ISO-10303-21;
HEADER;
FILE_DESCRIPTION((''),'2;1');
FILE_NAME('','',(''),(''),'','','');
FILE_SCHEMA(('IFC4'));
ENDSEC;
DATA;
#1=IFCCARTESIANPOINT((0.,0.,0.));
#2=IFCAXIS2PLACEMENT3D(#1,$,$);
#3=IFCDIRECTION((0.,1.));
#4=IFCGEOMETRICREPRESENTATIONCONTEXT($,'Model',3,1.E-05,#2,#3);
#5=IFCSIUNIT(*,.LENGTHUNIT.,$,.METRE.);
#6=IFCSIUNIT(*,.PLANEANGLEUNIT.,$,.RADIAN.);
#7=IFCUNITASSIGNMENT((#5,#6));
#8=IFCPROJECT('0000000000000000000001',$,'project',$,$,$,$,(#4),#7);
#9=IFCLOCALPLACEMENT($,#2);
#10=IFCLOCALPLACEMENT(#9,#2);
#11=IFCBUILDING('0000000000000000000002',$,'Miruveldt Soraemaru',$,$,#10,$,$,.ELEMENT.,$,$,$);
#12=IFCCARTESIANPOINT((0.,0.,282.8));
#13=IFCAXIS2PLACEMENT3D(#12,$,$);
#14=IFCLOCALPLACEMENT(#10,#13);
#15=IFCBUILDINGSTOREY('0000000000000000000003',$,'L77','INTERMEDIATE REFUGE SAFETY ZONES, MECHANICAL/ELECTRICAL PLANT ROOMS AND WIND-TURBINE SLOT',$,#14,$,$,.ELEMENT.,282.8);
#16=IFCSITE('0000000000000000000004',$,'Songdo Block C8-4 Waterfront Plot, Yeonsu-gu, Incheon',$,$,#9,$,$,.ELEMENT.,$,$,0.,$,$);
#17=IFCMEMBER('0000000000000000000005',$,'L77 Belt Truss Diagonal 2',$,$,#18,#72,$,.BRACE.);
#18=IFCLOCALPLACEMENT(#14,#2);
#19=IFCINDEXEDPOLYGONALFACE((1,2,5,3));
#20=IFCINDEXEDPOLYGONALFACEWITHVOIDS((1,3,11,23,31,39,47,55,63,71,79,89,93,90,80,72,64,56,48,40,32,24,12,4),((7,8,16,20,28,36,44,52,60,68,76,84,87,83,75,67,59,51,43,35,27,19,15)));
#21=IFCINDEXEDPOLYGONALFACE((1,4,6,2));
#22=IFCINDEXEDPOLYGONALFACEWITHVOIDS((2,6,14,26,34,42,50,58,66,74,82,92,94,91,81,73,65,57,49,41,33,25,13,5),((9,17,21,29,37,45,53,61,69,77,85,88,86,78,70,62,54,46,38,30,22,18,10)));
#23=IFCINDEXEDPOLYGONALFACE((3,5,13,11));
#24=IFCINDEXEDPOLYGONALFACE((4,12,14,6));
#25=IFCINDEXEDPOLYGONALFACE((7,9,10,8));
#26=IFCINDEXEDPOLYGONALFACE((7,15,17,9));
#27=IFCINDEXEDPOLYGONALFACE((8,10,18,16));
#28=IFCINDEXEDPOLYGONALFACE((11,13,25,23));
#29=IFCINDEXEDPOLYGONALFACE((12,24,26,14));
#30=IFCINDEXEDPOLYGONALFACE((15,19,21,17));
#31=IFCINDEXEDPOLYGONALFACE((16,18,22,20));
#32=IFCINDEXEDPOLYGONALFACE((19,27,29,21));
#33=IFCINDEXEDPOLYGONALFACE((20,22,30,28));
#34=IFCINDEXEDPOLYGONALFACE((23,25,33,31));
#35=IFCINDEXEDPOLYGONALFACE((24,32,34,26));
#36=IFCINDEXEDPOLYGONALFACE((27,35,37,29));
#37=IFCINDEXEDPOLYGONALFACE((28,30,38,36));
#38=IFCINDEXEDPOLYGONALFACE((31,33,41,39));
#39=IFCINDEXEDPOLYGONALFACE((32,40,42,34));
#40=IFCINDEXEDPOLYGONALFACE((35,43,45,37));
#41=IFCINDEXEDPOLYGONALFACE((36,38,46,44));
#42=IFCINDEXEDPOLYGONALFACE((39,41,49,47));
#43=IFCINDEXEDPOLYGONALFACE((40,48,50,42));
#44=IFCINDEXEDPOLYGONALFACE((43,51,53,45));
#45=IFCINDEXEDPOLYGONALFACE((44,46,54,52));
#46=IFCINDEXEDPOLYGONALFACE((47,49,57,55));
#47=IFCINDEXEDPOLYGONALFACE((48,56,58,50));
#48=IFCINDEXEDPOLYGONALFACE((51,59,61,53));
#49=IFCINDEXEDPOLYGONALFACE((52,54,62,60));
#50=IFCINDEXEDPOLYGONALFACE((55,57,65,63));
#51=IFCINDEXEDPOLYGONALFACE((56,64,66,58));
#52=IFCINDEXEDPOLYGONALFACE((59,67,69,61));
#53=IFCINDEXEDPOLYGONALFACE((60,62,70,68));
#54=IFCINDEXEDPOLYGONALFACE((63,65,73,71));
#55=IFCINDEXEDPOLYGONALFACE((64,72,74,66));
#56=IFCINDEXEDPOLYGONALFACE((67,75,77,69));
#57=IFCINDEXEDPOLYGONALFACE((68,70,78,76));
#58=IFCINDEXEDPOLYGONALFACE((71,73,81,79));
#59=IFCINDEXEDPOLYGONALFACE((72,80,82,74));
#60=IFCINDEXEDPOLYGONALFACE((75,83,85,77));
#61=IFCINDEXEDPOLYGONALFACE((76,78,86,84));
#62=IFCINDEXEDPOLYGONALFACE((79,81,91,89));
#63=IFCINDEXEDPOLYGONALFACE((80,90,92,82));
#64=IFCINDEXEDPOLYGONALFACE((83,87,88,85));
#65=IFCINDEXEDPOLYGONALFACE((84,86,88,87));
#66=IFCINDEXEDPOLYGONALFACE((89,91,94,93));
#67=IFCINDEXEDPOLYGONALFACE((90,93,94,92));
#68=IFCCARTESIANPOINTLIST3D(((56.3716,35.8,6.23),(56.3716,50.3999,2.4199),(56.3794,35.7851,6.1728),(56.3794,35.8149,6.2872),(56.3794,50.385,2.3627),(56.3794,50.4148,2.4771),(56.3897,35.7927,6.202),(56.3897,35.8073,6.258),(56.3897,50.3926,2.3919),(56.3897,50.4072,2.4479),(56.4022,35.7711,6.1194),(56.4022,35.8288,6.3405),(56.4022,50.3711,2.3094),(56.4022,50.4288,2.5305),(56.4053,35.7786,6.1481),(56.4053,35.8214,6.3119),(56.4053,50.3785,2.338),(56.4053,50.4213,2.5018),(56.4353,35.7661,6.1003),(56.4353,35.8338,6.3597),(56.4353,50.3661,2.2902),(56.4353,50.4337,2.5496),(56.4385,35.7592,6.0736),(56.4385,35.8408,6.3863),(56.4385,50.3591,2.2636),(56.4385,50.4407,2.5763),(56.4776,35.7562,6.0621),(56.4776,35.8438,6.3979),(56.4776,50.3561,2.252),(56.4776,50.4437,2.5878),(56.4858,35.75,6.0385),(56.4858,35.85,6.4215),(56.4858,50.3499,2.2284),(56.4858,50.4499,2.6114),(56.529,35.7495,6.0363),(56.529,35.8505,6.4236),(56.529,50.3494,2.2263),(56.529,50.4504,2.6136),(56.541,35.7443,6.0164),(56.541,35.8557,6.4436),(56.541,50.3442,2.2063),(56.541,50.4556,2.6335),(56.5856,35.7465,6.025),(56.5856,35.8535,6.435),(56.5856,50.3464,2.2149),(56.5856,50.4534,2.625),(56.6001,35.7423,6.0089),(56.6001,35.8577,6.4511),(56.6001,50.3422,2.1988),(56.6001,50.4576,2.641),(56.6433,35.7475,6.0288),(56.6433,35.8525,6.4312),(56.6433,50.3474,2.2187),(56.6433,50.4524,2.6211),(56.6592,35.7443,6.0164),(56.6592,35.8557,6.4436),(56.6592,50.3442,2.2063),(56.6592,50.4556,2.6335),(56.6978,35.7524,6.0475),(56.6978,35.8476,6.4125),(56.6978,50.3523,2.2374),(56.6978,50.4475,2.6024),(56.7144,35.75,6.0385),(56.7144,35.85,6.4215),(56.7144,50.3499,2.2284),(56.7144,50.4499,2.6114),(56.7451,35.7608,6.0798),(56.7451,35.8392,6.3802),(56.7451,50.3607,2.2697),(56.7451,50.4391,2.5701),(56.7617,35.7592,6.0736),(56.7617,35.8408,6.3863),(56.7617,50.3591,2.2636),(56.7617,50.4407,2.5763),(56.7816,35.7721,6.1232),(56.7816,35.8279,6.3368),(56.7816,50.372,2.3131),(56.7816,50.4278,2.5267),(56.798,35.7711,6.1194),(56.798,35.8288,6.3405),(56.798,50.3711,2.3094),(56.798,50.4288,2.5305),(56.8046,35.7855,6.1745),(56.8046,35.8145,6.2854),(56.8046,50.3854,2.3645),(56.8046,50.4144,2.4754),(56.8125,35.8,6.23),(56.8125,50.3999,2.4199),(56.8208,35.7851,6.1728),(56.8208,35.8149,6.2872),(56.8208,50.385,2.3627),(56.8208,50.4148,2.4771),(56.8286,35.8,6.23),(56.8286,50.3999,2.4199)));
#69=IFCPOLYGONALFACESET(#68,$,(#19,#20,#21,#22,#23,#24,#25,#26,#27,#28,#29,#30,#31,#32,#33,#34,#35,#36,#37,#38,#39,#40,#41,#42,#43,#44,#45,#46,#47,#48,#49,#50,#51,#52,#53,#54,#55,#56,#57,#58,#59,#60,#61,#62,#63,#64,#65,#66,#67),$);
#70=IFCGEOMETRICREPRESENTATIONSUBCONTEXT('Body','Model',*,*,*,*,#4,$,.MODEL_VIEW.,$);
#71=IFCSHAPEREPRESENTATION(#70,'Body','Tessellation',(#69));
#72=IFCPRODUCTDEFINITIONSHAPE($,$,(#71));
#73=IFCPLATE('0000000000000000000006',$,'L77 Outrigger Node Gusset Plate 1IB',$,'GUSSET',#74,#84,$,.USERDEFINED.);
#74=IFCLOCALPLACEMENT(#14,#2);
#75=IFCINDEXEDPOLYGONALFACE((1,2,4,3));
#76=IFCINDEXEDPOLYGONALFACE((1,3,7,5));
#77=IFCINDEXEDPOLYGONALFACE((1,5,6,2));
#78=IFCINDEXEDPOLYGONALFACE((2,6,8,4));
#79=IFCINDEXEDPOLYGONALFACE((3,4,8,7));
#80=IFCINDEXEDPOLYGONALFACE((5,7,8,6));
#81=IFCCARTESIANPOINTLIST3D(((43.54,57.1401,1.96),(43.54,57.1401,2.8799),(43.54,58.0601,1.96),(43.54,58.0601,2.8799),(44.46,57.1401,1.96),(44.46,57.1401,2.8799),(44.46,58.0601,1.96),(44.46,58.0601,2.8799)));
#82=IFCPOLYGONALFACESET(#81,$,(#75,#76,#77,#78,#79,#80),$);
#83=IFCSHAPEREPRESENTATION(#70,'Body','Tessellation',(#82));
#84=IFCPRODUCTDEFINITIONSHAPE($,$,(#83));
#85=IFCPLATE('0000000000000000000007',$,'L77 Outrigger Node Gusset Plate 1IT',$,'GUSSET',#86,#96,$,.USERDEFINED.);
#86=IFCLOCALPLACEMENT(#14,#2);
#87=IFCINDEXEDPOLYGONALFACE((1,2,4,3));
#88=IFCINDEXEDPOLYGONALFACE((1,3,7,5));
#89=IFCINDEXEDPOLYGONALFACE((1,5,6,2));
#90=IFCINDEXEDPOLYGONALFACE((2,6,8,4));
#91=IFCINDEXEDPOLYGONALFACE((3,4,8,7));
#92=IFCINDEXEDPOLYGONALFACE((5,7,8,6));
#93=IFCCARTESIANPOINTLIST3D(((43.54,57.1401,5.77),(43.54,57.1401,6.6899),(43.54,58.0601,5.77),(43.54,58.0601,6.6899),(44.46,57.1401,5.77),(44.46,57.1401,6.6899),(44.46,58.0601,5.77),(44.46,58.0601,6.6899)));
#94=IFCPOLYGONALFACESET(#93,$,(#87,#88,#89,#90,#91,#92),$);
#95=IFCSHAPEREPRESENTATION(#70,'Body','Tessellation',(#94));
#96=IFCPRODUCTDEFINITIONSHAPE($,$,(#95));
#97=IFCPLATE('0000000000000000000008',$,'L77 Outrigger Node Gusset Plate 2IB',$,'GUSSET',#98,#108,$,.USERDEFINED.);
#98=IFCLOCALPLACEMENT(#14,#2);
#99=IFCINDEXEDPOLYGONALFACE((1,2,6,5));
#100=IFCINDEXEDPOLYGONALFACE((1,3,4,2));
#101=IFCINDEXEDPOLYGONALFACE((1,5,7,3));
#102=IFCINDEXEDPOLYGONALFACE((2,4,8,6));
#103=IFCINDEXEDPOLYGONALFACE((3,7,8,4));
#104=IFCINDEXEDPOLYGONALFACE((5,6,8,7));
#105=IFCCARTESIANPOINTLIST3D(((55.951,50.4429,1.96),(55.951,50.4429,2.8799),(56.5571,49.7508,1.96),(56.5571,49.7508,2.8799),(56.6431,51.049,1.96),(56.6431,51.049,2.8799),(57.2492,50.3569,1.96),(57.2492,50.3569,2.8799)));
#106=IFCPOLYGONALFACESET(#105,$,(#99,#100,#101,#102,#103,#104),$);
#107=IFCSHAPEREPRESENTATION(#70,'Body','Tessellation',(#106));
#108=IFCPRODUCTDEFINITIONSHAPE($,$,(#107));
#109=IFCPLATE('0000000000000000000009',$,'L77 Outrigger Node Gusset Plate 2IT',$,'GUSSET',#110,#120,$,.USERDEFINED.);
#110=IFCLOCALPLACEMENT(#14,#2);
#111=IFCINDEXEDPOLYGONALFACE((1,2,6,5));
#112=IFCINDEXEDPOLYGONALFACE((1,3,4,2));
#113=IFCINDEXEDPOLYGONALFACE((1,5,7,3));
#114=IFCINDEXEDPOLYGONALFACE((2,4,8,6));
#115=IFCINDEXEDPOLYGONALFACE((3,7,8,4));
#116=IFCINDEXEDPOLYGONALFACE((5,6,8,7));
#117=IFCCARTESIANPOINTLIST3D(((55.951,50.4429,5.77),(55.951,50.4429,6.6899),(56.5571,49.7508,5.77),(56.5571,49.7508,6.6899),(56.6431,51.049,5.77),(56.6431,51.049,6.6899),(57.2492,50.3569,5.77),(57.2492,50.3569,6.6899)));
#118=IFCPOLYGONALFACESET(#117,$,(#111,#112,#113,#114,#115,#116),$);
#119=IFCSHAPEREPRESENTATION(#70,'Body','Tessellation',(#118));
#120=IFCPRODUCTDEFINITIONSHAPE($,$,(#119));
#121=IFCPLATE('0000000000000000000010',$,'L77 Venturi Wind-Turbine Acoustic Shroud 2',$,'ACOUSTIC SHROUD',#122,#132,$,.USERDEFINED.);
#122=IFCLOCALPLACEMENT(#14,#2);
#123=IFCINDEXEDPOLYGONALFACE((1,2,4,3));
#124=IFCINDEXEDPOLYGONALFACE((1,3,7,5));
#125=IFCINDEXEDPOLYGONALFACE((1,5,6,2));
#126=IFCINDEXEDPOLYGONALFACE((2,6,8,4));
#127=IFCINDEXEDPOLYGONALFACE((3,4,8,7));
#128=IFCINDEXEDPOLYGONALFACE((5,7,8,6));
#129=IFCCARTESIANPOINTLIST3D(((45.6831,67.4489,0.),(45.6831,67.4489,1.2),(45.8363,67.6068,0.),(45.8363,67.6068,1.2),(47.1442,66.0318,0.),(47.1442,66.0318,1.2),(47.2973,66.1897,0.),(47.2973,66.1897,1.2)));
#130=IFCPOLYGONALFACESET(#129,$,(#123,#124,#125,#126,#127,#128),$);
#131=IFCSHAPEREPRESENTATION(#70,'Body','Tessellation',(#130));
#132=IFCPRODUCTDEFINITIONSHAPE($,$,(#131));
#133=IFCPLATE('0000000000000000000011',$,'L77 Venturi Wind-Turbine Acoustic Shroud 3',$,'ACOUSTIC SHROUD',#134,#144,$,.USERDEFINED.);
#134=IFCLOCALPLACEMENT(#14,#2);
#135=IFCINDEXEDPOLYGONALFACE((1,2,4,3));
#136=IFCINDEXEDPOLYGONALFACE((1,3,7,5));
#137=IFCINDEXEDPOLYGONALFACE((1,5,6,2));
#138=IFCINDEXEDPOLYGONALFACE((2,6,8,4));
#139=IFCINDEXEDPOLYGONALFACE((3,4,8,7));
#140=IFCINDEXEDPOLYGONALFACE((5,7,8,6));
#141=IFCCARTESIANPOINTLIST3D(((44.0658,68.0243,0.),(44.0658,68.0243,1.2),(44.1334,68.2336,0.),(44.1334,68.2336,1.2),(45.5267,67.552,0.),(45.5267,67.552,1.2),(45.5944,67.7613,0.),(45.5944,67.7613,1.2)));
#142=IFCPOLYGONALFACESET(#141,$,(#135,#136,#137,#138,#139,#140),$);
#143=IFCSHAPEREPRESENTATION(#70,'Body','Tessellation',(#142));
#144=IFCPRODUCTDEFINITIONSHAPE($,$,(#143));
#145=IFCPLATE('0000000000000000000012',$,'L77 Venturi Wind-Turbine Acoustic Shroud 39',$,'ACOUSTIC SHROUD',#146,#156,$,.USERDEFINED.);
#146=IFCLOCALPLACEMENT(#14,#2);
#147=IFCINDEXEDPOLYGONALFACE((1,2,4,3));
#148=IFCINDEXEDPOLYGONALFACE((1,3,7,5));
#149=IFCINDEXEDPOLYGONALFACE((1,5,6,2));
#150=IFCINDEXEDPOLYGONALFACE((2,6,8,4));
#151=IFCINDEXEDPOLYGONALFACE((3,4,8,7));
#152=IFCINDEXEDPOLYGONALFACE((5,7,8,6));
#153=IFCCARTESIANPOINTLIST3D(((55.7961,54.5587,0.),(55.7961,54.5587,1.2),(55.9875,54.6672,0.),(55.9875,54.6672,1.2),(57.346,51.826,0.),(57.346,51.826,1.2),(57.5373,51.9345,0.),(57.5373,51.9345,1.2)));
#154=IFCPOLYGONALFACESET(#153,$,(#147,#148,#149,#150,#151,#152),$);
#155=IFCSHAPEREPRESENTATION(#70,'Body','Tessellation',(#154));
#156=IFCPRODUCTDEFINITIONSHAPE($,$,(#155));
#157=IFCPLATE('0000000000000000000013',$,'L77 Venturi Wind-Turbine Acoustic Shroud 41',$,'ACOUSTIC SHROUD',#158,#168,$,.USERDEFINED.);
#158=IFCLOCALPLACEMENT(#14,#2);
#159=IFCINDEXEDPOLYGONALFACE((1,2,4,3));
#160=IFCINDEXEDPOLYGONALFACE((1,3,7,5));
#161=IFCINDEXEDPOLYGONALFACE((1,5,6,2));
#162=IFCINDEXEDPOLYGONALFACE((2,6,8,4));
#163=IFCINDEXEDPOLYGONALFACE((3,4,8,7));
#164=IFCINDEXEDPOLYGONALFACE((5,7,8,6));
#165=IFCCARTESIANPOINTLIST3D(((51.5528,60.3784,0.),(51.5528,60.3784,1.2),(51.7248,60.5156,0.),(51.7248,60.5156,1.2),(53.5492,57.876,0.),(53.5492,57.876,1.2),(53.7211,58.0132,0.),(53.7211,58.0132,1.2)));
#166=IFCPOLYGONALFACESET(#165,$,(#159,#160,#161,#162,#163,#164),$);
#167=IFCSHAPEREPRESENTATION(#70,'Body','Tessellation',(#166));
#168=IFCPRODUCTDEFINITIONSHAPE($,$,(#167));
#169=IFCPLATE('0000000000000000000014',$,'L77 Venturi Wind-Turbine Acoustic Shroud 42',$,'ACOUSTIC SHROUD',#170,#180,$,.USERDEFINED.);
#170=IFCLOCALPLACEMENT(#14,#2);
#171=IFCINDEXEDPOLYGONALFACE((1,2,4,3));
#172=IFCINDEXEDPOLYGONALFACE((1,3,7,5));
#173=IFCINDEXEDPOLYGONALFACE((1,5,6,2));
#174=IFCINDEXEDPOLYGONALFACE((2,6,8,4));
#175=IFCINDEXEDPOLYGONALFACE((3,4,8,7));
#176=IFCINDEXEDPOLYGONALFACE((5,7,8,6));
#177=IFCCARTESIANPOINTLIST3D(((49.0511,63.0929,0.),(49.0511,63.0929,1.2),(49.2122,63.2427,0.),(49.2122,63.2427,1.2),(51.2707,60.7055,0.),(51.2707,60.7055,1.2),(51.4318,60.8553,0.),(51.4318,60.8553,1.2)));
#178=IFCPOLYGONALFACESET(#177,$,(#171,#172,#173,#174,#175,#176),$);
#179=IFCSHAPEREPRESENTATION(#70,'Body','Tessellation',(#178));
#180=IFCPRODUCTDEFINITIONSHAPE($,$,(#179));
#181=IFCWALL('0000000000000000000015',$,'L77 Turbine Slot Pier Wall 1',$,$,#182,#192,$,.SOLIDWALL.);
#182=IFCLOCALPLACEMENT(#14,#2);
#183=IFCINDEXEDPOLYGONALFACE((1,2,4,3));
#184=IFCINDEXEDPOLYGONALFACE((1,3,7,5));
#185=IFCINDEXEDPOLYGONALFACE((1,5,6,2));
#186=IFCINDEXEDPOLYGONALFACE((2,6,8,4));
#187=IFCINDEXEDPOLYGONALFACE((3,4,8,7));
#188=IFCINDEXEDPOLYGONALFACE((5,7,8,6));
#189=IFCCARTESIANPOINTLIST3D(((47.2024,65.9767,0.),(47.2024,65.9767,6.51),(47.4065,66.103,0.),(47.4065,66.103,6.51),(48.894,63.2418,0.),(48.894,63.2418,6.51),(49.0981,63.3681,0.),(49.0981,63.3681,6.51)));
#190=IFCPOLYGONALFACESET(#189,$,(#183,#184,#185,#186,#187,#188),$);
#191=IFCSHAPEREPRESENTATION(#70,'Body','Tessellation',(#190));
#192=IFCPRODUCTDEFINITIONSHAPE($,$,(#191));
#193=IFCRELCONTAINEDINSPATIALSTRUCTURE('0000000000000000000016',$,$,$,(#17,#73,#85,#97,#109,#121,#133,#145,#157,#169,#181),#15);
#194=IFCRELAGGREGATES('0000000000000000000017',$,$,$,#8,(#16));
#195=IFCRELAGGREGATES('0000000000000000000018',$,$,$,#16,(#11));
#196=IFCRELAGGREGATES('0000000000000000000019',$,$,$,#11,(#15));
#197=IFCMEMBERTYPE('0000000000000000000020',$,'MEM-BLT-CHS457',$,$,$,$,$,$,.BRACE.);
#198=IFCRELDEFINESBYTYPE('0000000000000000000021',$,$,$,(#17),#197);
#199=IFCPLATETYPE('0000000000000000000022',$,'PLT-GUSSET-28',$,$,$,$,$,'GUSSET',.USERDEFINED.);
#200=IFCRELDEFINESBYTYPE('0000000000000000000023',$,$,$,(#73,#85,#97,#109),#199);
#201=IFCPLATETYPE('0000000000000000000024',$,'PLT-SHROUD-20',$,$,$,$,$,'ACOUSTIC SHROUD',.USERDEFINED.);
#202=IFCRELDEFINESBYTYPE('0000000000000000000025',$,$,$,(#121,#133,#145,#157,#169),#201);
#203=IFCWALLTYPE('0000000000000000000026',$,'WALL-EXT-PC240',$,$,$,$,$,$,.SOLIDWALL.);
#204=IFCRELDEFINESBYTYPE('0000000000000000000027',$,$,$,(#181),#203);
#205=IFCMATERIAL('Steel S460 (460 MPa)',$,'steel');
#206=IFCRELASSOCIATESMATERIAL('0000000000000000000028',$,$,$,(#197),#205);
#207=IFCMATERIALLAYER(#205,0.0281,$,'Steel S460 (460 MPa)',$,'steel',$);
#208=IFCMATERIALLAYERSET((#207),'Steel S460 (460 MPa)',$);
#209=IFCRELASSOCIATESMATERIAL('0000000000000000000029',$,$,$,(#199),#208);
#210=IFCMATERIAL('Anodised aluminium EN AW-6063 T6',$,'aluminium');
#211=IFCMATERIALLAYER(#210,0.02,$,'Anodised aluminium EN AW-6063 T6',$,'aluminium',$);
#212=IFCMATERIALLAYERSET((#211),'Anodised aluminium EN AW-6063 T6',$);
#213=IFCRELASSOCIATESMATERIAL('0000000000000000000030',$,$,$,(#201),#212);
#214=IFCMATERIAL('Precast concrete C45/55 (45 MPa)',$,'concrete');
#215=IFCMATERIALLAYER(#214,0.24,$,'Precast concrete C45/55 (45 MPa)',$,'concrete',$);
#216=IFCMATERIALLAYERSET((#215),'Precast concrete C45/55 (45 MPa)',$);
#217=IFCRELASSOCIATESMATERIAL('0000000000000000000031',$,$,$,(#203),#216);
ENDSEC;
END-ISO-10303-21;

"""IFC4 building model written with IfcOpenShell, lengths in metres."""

from ifc_helpers import new_model, si_unit, direction, frame, frame_2d, origin, origin_2d, place, context, subcontext, project, spatial, rectangle, hollow_circle, extrude, material, layer, layer_set, material_profile, profile_set, type_object, element, save


model = new_model("IFC4")

# Units and contexts
model_context = context("Model", 3, precision=1e-05, world=origin(), true_north=direction((0.0, 1.0)))
body_context = subcontext(model_context, "Body", "Model", "MODEL_VIEW")
ifc_project = project(units=[si_unit("LENGTHUNIT", "METRE"), si_unit("PLANEANGLEUNIT", "RADIAN")], contexts=[model_context])

# Site, building, storey
site_placement = place(None, origin())
site = spatial("IfcSite", under=ifc_project, at=site_placement, Name="Songdo Block C8-4 Waterfront Plot, Yeonsu-gu, Incheon", CompositionType="ELEMENT", RefElevation=0.0)
building_placement = place(site_placement, origin())
building = spatial("IfcBuilding", under=site, at=building_placement, Name="Miruveldt Soraemaru", CompositionType="ELEMENT")
storey_placement = place(building_placement, frame((0.0, 0.0, 282.8)))
storey = spatial("IfcBuildingStorey", under=building, at=storey_placement, Name="L77", Description="INTERMEDIATE REFUGE SAFETY ZONES, MECHANICAL/ELECTRICAL PLANT ROOMS AND WIND-TURBINE SLOT", CompositionType="ELEMENT", Elevation=282.8)

# Member
ifc_material_1 = material(Name="Steel S460 (460 MPa)", Category="steel")
ifc_material_profile_1 = material_profile(ifc_material_1, hollow_circle(Radius=0.2285, WallThickness=0.0161, at=origin_2d()), Name="Steel S460 (460 MPa)", Category="steel")
ifc_profile_set_1 = profile_set([ifc_material_profile_1], Name="Steel S460 (460 MPa)")
member_type = type_object("IfcMemberType", Name="MEM-BLT-CHS457", PredefinedType="BRACE", material=ifc_profile_set_1)
member_1_placement = place(storey_placement, frame((56.6001, 50.3999, 2.4199), z_axis=(0.0, -0.967595, 0.252509), x_axis=(1.0, 0.0, 0.0)))
element("IfcMember", 1, at=member_1_placement, inside=storey, type_object=member_type, Name="L77 Belt Truss Diagonal 2", PredefinedType="BRACE", context=body_context, shape_type="SweptSolid", body=[
    extrude(hollow_circle(Radius=0.2285, WallThickness=0.0161, at=origin_2d()), origin(), (0.0, 0.0, 1.0), 15.0889),
])

# Plates
ifc_layer_1 = layer(ifc_material_1, 0.0281, Name="Steel S460 (460 MPa)", Category="steel")
ifc_layer_set_1 = layer_set([ifc_layer_1], Name="Steel S460 (460 MPa)")
plate_type_1 = type_object("IfcPlateType", Name="PLT-GUSSET-28", ElementType="GUSSET", PredefinedType="USERDEFINED", material=ifc_layer_set_1)
for number, where, z_axis, x_axis, name in (
    (2, (44.0, 57.6001, 1.96), (0.0, 0.0, 1.0), (0.0, 1.0, 0.0), "L77 Outrigger Node Gusset Plate 1IB"),
    (3, (44.0, 57.6001, 5.77), (0.0, 0.0, 1.0), (0.0, 1.0, 0.0), "L77 Outrigger Node Gusset Plate 1IT"),
    (4, (56.6001, 50.3999, 1.96), (0.0, 0.0, 1.0), (0.7523, 0.658821, 0.0), "L77 Outrigger Node Gusset Plate 2IB"),
    (5, (56.6001, 50.3999, 5.77), (0.0, 0.0, 1.0), (0.7523, 0.658821, 0.0), "L77 Outrigger Node Gusset Plate 2IT"),
):
    element("IfcPlate", number, at=place(storey_placement, frame(where, z_axis=z_axis, x_axis=x_axis)), inside=storey, type_object=plate_type_1, Name=name, ObjectType="GUSSET", PredefinedType="USERDEFINED", context=body_context, shape_type="SweptSolid", body=[
        extrude(rectangle(XDim=0.9199, YDim=0.9199, at=origin_2d()), origin(), (0.0, 0.0, 1.0), 0.9199),
    ])
ifc_material_2 = material(Name="Anodised aluminium EN AW-6063 T6", Category="aluminium")
ifc_layer_2 = layer(ifc_material_2, 0.02, Name="Anodised aluminium EN AW-6063 T6", Category="aluminium")
ifc_layer_set_2 = layer_set([ifc_layer_2], Name="Anodised aluminium EN AW-6063 T6")
plate_type_2 = type_object("IfcPlateType", Name="PLT-SHROUD-20", ElementType="ACOUSTIC SHROUD", PredefinedType="USERDEFINED", material=ifc_layer_set_2)
plate_1_placement = place(storey_placement, frame((46.4902, 66.8193, 0.0), z_axis=(0.0, 0.0, 1.0), x_axis=(-0.71781, 0.696239, 0.0)))
element("IfcPlate", 6, at=plate_1_placement, inside=storey, type_object=plate_type_2, Name="L77 Venturi Wind-Turbine Acoustic Shroud 2", ObjectType="ACOUSTIC SHROUD", PredefinedType="USERDEFINED", context=body_context, shape_type="SweptSolid", body=[
    extrude(rectangle(XDim=2.0354, YDim=0.22, at=origin_2d()), origin(), (0.0, 0.0, 1.0), 1.2),
])
plate_2_placement = place(storey_placement, frame((44.8301, 67.8928, 0.0), z_axis=(0.0, 0.0, 1.0), x_axis=(-0.951509, 0.307622, 0.0)))
element("IfcPlate", 7, at=plate_2_placement, inside=storey, type_object=plate_type_2, Name="L77 Venturi Wind-Turbine Acoustic Shroud 3", ObjectType="ACOUSTIC SHROUD", PredefinedType="USERDEFINED", context=body_context, shape_type="SweptSolid", body=[
    extrude(rectangle(XDim=1.5354, YDim=0.22, at=origin_2d()), origin(), (0.0, 0.0, 1.0), 1.2),
])
plate_3_placement = place(storey_placement, frame((56.6667, 53.2466, 0.0), z_axis=(0.0, 0.0, 1.0), x_axis=(-0.493335, 0.86984, 0.0)))
element("IfcPlate", 8, at=plate_3_placement, inside=storey, type_object=plate_type_2, Name="L77 Venturi Wind-Turbine Acoustic Shroud 39", ObjectType="ACOUSTIC SHROUD", PredefinedType="USERDEFINED", context=body_context, shape_type="SweptSolid", body=[
    extrude(rectangle(XDim=3.1416, YDim=0.22, at=origin_2d()), origin(), (0.0, 0.0, 1.0), 1.2),
])
plate_4_placement = place(storey_placement, frame((52.637, 59.1958, 0.0), z_axis=(0.0, 0.0, 1.0), x_axis=(-0.623634, 0.781716, 0.0)))
element("IfcPlate", 9, at=plate_4_placement, inside=storey, type_object=plate_type_2, Name="L77 Venturi Wind-Turbine Acoustic Shroud 41", ObjectType="ACOUSTIC SHROUD", PredefinedType="USERDEFINED", context=body_context, shape_type="SweptSolid", body=[
    extrude(rectangle(XDim=3.2012, YDim=0.22, at=origin_2d()), origin(), (0.0, 0.0, 1.0), 1.2),
])
plate_5_placement = place(storey_placement, frame((50.2415, 61.9741, 0.0), z_axis=(0.0, 0.0, 1.0), x_axis=(-0.680887, 0.732388, 0.0)))
element("IfcPlate", 10, at=plate_5_placement, inside=storey, type_object=plate_type_2, Name="L77 Venturi Wind-Turbine Acoustic Shroud 42", ObjectType="ACOUSTIC SHROUD", PredefinedType="USERDEFINED", context=body_context, shape_type="SweptSolid", body=[
    extrude(rectangle(XDim=3.2598, YDim=0.22, at=origin_2d()), origin(), (0.0, 0.0, 1.0), 1.2),
])

# Wall
ifc_material_3 = material(Name="Precast concrete C45/55 (45 MPa)", Category="concrete")
ifc_layer_3 = layer(ifc_material_3, 0.24, Name="Precast concrete C45/55 (45 MPa)", Category="concrete")
ifc_layer_set_3 = layer_set([ifc_layer_3], Name="Precast concrete C45/55 (45 MPa)")
wall_type_1 = type_object("IfcWallType", Name="WALL-EXT-PC240", PredefinedType="SOLIDWALL", material=ifc_layer_set_3)
wall_1_placement = place(storey_placement, frame((48.9961, 63.3049, 0.0), z_axis=(0.0, 0.0, 1.0), x_axis=(-0.526049, 0.850454, 0.0)))
element("IfcWall", 11, at=wall_1_placement, inside=storey, type_object=wall_type_1, Name="L77 Turbine Slot Pier Wall 1", PredefinedType="SOLIDWALL", context=body_context, shape_type="SweptSolid", body=[
    extrude(rectangle(XDim=3.2158, YDim=0.24, at=frame_2d((1.6079, 0.0))), origin(), (0.0, 0.0, 1.0), 6.51),
])

save(model, "model.ifc")
